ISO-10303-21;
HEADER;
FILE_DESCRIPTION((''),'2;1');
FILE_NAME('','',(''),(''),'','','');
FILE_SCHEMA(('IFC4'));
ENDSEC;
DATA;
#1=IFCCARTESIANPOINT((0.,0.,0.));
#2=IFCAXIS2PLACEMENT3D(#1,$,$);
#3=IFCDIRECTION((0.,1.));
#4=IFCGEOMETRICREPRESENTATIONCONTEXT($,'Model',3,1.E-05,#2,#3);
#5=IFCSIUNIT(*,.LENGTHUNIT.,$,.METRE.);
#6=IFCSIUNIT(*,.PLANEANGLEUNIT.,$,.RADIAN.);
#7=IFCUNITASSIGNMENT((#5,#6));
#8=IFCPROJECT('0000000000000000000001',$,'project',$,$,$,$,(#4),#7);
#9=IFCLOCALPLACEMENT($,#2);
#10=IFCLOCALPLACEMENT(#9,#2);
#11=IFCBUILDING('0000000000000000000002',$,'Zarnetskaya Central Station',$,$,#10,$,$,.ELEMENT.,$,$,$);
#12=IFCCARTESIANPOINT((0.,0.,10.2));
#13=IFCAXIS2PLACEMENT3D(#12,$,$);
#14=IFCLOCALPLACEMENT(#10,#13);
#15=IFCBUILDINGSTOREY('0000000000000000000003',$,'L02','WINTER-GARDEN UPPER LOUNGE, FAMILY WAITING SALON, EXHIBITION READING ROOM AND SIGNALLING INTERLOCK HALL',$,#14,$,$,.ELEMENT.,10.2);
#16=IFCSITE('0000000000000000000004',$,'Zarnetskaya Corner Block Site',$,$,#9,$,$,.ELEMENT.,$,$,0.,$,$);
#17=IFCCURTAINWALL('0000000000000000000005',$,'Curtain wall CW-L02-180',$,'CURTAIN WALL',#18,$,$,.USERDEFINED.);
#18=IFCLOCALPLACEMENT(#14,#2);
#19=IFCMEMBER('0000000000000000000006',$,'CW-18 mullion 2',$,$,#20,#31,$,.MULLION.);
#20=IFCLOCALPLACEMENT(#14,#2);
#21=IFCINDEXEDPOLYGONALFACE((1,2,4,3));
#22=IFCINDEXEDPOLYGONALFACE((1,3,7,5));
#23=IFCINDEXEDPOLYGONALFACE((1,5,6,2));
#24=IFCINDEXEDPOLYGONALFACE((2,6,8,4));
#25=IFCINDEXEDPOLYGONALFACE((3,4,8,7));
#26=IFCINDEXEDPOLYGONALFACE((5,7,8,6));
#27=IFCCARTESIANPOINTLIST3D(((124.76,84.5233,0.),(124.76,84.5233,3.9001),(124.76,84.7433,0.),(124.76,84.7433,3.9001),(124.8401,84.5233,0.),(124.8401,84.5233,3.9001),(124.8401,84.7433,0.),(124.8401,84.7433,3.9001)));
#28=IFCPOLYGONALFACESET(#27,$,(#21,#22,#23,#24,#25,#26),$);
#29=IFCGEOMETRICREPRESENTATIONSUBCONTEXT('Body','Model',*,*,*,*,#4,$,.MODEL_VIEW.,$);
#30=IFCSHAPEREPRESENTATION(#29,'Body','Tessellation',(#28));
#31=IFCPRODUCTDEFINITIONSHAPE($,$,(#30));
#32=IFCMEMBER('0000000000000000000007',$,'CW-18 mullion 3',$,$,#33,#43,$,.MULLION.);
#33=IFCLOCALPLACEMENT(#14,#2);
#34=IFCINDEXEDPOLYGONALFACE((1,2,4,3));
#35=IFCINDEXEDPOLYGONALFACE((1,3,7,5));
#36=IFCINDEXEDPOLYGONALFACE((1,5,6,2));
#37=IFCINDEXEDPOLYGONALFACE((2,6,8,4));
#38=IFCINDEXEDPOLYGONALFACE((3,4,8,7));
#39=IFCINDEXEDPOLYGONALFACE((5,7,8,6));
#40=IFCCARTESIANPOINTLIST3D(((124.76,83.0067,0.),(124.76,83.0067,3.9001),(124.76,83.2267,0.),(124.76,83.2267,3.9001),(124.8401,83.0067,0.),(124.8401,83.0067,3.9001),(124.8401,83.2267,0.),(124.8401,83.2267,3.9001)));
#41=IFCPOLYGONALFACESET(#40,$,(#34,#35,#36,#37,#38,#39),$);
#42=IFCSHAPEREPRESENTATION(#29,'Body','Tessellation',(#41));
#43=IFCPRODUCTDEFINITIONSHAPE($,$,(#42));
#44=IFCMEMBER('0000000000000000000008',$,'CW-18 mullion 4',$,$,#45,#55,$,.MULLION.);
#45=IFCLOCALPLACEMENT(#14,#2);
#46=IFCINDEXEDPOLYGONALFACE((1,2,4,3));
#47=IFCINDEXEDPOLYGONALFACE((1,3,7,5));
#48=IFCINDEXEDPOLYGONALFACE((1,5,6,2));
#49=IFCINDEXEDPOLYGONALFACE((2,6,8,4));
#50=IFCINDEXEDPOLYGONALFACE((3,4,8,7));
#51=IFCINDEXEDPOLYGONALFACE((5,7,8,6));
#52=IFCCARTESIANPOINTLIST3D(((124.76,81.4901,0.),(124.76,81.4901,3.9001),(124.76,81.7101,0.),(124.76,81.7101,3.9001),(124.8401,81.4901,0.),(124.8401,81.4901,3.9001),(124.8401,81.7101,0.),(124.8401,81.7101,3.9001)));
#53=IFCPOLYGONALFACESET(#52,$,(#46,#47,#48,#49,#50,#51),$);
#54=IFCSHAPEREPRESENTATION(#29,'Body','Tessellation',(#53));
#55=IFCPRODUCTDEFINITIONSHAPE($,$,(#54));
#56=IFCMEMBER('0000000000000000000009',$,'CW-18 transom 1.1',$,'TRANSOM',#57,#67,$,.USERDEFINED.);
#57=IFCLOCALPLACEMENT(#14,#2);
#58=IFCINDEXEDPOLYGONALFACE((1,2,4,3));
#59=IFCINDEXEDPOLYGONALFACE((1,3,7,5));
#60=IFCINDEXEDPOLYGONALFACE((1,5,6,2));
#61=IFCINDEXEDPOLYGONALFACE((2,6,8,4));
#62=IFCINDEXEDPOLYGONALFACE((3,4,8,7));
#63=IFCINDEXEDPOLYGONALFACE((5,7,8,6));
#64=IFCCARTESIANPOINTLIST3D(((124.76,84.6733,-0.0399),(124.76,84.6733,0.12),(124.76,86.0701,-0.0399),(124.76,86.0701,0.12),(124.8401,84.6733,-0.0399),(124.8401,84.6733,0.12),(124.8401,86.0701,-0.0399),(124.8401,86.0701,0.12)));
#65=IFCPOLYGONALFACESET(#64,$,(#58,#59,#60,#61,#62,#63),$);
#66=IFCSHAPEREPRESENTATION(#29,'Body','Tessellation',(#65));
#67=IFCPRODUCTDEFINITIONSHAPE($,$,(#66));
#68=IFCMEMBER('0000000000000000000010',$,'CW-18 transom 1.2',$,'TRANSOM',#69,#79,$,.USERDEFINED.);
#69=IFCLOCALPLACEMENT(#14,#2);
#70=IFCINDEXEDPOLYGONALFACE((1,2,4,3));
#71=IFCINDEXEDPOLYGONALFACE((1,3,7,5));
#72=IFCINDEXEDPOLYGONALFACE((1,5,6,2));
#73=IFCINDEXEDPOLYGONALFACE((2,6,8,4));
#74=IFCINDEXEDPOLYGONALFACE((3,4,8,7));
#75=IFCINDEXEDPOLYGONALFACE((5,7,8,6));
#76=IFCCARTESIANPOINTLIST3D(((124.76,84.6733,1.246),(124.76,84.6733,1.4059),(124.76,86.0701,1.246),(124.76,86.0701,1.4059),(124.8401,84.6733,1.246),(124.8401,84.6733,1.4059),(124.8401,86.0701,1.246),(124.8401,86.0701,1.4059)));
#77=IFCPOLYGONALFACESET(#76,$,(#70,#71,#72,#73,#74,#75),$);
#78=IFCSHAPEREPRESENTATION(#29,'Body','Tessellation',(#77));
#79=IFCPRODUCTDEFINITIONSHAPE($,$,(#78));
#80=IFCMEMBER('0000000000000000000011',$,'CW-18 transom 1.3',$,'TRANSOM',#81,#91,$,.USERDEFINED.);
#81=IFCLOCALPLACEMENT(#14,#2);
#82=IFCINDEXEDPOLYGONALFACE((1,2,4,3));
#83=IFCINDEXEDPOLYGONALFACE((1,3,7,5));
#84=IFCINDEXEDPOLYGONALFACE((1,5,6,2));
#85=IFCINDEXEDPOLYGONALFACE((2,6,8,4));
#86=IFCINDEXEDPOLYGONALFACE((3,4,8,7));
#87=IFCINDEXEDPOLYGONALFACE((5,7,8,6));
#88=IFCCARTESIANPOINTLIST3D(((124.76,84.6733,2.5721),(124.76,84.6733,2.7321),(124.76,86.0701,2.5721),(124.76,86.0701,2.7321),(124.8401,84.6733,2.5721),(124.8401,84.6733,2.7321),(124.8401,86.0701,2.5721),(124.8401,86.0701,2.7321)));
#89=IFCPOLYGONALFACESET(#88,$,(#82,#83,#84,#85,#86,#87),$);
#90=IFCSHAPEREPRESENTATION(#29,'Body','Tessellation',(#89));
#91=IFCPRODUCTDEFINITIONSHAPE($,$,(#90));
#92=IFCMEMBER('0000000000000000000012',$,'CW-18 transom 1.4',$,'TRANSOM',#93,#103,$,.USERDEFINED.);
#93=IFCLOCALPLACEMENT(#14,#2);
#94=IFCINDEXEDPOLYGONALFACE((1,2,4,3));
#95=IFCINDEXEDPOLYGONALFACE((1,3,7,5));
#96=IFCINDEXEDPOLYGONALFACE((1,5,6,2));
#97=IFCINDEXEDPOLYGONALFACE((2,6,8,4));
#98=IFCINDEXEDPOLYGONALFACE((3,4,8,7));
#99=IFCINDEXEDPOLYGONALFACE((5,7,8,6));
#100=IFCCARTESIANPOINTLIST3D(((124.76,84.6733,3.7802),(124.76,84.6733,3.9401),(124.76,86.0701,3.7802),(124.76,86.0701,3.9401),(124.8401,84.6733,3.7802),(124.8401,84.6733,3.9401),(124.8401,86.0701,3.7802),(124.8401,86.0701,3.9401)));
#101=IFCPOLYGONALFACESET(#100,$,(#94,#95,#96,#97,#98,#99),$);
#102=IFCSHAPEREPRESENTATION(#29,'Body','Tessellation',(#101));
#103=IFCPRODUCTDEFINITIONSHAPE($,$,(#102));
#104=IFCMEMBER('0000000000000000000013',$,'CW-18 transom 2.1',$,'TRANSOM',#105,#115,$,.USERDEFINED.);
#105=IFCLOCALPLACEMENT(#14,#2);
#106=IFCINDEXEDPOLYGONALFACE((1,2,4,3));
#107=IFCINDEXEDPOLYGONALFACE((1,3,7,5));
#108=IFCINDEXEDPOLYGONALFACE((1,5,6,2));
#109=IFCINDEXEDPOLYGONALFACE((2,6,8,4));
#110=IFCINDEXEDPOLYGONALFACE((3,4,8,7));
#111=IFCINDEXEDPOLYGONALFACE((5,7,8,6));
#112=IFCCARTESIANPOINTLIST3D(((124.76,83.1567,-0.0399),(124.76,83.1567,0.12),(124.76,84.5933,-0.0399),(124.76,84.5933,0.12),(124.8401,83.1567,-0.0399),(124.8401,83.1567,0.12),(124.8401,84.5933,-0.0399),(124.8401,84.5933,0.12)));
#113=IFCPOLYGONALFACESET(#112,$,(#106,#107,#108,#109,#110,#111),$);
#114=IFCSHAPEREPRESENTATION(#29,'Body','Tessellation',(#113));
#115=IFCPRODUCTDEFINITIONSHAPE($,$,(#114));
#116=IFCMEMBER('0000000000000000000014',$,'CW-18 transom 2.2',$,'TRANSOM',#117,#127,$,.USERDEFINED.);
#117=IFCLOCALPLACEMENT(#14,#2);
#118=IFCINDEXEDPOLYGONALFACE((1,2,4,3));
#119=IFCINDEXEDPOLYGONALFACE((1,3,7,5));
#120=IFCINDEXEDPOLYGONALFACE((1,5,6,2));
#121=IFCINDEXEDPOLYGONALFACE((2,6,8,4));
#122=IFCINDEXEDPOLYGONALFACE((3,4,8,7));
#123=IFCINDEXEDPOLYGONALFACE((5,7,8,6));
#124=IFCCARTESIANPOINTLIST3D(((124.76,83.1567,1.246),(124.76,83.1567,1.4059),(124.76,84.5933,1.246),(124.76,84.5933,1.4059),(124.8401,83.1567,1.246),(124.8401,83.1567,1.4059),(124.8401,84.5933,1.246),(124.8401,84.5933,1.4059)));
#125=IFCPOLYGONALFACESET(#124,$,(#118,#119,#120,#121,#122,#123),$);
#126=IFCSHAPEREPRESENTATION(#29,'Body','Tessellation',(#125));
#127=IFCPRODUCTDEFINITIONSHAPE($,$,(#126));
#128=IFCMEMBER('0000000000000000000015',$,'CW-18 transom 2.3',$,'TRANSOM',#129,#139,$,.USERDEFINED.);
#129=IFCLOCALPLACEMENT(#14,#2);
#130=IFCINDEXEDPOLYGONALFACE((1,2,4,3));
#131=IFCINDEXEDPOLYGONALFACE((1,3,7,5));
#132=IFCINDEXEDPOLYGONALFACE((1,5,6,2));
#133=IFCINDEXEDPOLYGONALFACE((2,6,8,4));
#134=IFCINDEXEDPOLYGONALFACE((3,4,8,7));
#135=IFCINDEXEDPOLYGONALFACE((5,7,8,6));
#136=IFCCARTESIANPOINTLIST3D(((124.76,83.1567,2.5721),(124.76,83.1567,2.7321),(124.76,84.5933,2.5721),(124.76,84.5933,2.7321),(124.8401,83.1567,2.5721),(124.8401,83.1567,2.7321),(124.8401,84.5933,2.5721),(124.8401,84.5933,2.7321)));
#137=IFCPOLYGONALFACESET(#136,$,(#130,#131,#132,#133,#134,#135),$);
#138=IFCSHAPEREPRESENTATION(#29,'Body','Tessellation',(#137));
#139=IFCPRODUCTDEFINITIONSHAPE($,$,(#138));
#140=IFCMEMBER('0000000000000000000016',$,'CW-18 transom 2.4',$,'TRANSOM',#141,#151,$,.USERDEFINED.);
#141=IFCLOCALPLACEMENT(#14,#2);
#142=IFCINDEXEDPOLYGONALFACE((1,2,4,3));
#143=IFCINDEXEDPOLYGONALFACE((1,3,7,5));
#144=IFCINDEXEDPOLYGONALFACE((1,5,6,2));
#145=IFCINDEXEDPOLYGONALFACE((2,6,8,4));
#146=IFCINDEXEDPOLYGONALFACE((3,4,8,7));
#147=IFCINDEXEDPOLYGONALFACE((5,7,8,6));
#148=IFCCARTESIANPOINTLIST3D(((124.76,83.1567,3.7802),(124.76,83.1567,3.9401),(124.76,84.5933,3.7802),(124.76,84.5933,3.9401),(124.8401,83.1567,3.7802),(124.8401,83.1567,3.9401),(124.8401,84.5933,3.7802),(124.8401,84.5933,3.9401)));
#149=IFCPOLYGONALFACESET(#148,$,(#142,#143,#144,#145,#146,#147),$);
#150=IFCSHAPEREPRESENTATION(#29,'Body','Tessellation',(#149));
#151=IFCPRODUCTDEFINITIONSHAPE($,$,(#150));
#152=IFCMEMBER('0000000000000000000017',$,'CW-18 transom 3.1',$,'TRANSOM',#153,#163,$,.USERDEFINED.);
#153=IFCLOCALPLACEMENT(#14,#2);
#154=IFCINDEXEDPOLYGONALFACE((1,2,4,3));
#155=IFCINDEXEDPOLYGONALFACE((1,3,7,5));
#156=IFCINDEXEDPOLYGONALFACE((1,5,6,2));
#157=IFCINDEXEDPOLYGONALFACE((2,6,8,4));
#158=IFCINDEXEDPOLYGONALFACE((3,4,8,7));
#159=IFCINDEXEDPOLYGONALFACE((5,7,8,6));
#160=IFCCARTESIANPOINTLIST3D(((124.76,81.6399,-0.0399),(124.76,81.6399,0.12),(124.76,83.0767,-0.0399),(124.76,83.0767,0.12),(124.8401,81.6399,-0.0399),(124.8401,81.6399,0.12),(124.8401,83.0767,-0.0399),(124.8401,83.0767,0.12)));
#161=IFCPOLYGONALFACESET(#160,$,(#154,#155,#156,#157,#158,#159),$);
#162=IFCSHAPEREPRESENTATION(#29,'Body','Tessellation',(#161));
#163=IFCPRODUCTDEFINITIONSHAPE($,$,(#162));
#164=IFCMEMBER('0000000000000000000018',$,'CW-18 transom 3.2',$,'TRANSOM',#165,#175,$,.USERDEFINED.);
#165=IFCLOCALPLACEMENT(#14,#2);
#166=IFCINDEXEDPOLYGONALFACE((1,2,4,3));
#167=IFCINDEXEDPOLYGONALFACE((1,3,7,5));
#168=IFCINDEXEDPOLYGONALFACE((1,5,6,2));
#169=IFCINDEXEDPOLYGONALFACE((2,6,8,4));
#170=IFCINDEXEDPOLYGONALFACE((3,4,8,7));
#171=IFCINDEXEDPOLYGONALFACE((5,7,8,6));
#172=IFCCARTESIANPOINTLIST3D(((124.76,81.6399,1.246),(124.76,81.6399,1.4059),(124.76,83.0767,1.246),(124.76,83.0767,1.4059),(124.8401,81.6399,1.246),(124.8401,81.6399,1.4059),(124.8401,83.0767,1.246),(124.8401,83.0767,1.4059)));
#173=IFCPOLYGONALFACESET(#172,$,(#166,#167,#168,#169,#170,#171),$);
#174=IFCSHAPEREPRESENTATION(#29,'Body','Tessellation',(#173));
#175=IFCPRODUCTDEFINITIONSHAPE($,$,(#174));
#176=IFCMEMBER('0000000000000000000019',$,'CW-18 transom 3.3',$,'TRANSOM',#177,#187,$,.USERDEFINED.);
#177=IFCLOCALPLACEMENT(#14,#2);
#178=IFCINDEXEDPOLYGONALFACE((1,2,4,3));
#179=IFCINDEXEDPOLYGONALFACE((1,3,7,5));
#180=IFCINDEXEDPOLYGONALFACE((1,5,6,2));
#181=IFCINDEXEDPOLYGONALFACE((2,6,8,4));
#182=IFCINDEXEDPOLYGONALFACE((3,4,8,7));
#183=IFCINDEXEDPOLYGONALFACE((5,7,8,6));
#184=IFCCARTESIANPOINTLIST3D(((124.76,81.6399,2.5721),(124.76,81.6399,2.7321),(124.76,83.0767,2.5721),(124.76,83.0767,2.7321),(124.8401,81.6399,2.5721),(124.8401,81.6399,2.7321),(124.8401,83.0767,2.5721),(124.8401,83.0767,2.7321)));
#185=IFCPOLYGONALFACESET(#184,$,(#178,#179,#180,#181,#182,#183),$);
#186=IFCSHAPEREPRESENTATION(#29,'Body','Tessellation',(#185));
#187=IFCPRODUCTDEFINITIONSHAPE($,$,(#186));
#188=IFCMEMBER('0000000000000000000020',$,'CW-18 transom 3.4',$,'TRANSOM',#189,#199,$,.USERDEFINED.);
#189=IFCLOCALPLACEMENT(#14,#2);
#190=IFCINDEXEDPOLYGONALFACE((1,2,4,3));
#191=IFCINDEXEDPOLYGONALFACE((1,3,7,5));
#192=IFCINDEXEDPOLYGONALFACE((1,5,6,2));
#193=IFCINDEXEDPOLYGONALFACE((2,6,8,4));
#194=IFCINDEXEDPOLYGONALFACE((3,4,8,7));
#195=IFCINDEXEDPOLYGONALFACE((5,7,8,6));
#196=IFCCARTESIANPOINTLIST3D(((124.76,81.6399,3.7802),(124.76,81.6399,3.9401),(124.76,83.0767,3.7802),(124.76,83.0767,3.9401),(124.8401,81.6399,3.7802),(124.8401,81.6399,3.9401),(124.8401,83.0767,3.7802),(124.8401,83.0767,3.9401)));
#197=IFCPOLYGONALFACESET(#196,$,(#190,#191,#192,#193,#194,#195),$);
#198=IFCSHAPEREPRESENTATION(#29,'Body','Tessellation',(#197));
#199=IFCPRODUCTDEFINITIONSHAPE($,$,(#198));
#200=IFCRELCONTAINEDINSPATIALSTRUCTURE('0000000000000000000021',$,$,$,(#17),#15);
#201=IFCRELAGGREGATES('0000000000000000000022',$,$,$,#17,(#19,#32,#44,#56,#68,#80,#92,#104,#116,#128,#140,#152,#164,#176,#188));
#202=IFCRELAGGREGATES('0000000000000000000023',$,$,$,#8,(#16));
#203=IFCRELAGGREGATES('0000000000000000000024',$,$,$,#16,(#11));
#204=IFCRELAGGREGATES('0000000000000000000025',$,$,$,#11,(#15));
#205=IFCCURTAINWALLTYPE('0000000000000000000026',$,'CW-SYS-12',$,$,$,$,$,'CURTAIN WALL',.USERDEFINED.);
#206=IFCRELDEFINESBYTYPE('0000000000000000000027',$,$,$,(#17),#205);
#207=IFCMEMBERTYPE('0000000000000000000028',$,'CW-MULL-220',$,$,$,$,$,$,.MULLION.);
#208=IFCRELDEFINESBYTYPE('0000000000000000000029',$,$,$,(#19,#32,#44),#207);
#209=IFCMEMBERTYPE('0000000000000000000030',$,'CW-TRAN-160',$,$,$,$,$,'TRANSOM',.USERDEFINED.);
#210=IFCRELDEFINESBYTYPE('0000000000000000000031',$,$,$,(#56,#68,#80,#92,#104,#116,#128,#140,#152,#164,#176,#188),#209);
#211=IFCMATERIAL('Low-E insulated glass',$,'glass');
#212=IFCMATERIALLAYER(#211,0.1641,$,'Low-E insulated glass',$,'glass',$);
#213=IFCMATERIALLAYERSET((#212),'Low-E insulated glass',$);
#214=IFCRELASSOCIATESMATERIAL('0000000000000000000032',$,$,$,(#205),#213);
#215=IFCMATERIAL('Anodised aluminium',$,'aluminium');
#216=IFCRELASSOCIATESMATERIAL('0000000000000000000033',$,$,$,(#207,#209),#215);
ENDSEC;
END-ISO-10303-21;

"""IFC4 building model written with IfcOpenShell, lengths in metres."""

from ifc_helpers import new_model, si_unit, direction, frame, origin, origin_2d, place, context, subcontext, project, spatial, rectangle, extrude, material, layer, layer_set, material_profile, profile_set, type_object, element, aggregate, save


model = new_model("IFC4")

# Units and contexts
model_context = context("Model", 3, precision=1e-05, world=origin(), true_north=direction((0.0, 1.0)))
body_context = subcontext(model_context, "Body", "Model", "MODEL_VIEW")
ifc_project = project(units=[si_unit("LENGTHUNIT", "METRE"), si_unit("PLANEANGLEUNIT", "RADIAN")], contexts=[model_context])

# Site, building, storey
site_placement = place(None, origin())
site = spatial("IfcSite", under=ifc_project, at=site_placement, Name="Zarnetskaya Corner Block Site", CompositionType="ELEMENT", RefElevation=0.0)
building_placement = place(site_placement, origin())
building = spatial("IfcBuilding", under=site, at=building_placement, Name="Zarnetskaya Central Station", CompositionType="ELEMENT")
storey_placement = place(building_placement, frame((0.0, 0.0, 10.2)))
storey = spatial("IfcBuildingStorey", under=building, at=storey_placement, Name="L02", Description="WINTER-GARDEN UPPER LOUNGE, FAMILY WAITING SALON, EXHIBITION READING ROOM AND SIGNALLING INTERLOCK HALL", CompositionType="ELEMENT", Elevation=10.2)

# Curtain wall, members
ifc_material_1 = material(Name="Low-E insulated glass", Category="glass")
ifc_layer_1 = layer(ifc_material_1, 0.1641, Name="Low-E insulated glass", Category="glass")
ifc_layer_set_1 = layer_set([ifc_layer_1], Name="Low-E insulated glass")
curtain_wall_type = type_object("IfcCurtainWallType", Name="CW-SYS-12", ElementType="CURTAIN WALL", PredefinedType="USERDEFINED", material=ifc_layer_set_1)
curtain_wall_placement = place(storey_placement, origin())
curtain_wall = element("IfcCurtainWall", 1, at=curtain_wall_placement, inside=storey, type_object=curtain_wall_type, Name="Curtain wall CW-L02-180", ObjectType="CURTAIN WALL", PredefinedType="USERDEFINED")
ifc_material_2 = material(Name="Anodised aluminium", Category="aluminium")
ifc_material_profile_1 = material_profile(ifc_material_2, rectangle(XDim=0.0801, YDim=0.22, at=origin_2d()), Name="ALU MULL 80x220")
ifc_profile_set_1 = profile_set([ifc_material_profile_1], Name="Anodised aluminium")
member_type_1 = type_object("IfcMemberType", Name="CW-MULL-220", PredefinedType="MULLION", material=ifc_profile_set_1)
member_1_placement = place(storey_placement, frame((124.8, 84.6333, 0.0), z_axis=(0.0, 0.0, 1.0), x_axis=(1.0, 0.0, 0.0)))
member_1 = element("IfcMember", 2, at=member_1_placement, type_object=member_type_1, Name="CW-18 mullion 2", PredefinedType="MULLION", context=body_context, shape_type="SweptSolid", body=[
    extrude(rectangle(XDim=0.0801, YDim=0.22, at=origin_2d()), origin(), (0.0, 0.0, 1.0), 3.9001),
])
member_2_placement = place(storey_placement, frame((124.8, 83.1167, 0.0), z_axis=(0.0, 0.0, 1.0), x_axis=(1.0, 0.0, 0.0)))
member_2 = element("IfcMember", 3, at=member_2_placement, type_object=member_type_1, Name="CW-18 mullion 3", PredefinedType="MULLION", context=body_context, shape_type="SweptSolid", body=[
    extrude(rectangle(XDim=0.0801, YDim=0.22, at=origin_2d()), origin(), (0.0, 0.0, 1.0), 3.9001),
])
member_3_placement = place(storey_placement, frame((124.8, 81.6001, 0.0), z_axis=(0.0, 0.0, 1.0), x_axis=(1.0, 0.0, 0.0)))
member_3 = element("IfcMember", 4, at=member_3_placement, type_object=member_type_1, Name="CW-18 mullion 4", PredefinedType="MULLION", context=body_context, shape_type="SweptSolid", body=[
    extrude(rectangle(XDim=0.0801, YDim=0.22, at=origin_2d()), origin(), (0.0, 0.0, 1.0), 3.9001),
])
ifc_material_profile_2 = material_profile(ifc_material_2, rectangle(XDim=0.0801, YDim=0.1599, at=origin_2d()), Name="ALU TRAN 80x160")
ifc_profile_set_2 = profile_set([ifc_material_profile_2], Name="Anodised aluminium")
member_type_2 = type_object("IfcMemberType", Name="CW-TRAN-160", ElementType="TRANSOM", PredefinedType="USERDEFINED", material=ifc_profile_set_2)
member_4_placement = place(storey_placement, frame((124.8, 86.0701, 0.04), z_axis=(0.0, -1.0, 0.0), x_axis=(1.0, 0.0, 0.0)))
member_4 = element("IfcMember", 5, at=member_4_placement, type_object=member_type_2, Name="CW-18 transom 1.1", ObjectType="TRANSOM", PredefinedType="USERDEFINED", context=body_context, shape_type="SweptSolid", body=[
    extrude(rectangle(XDim=0.0801, YDim=0.1599, at=origin_2d()), origin(), (0.0, 0.0, 1.0), 1.3967),
])
member_5_placement = place(storey_placement, frame((124.8, 86.0701, 1.3259), z_axis=(0.0, -1.0, 0.0), x_axis=(1.0, 0.0, 0.0)))
member_5 = element("IfcMember", 6, at=member_5_placement, type_object=member_type_2, Name="CW-18 transom 1.2", ObjectType="TRANSOM", PredefinedType="USERDEFINED", context=body_context, shape_type="SweptSolid", body=[
    extrude(rectangle(XDim=0.0801, YDim=0.1599, at=origin_2d()), origin(), (0.0, 0.0, 1.0), 1.3967),
])
member_6_placement = place(storey_placement, frame((124.8, 86.0701, 2.6521), z_axis=(0.0, -1.0, 0.0), x_axis=(1.0, 0.0, 0.0)))
member_6 = element("IfcMember", 7, at=member_6_placement, type_object=member_type_2, Name="CW-18 transom 1.3", ObjectType="TRANSOM", PredefinedType="USERDEFINED", context=body_context, shape_type="SweptSolid", body=[
    extrude(rectangle(XDim=0.0801, YDim=0.1599, at=origin_2d()), origin(), (0.0, 0.0, 1.0), 1.3967),
])
member_7_placement = place(storey_placement, frame((124.8, 86.0701, 3.8601), z_axis=(0.0, -1.0, 0.0), x_axis=(1.0, 0.0, 0.0)))
member_7 = element("IfcMember", 8, at=member_7_placement, type_object=member_type_2, Name="CW-18 transom 1.4", ObjectType="TRANSOM", PredefinedType="USERDEFINED", context=body_context, shape_type="SweptSolid", body=[
    extrude(rectangle(XDim=0.0801, YDim=0.1599, at=origin_2d()), origin(), (0.0, 0.0, 1.0), 1.3967),
])
member_8_placement = place(storey_placement, frame((124.8, 84.5933, 0.04), z_axis=(0.0, -1.0, 0.0), x_axis=(1.0, 0.0, 0.0)))
member_8 = element("IfcMember", 9, at=member_8_placement, type_object=member_type_2, Name="CW-18 transom 2.1", ObjectType="TRANSOM", PredefinedType="USERDEFINED", context=body_context, shape_type="SweptSolid", body=[
    extrude(rectangle(XDim=0.0801, YDim=0.1599, at=origin_2d()), origin(), (0.0, 0.0, 1.0), 1.4365),
])
member_9_placement = place(storey_placement, frame((124.8, 84.5933, 1.3259), z_axis=(0.0, -1.0, 0.0), x_axis=(1.0, 0.0, 0.0)))
member_9 = element("IfcMember", 10, at=member_9_placement, type_object=member_type_2, Name="CW-18 transom 2.2", ObjectType="TRANSOM", PredefinedType="USERDEFINED", context=body_context, shape_type="SweptSolid", body=[
    extrude(rectangle(XDim=0.0801, YDim=0.1599, at=origin_2d()), origin(), (0.0, 0.0, 1.0), 1.4365),
])
member_10_placement = place(storey_placement, frame((124.8, 84.5933, 2.6521), z_axis=(0.0, -1.0, 0.0), x_axis=(1.0, 0.0, 0.0)))
member_10 = element("IfcMember", 11, at=member_10_placement, type_object=member_type_2, Name="CW-18 transom 2.3", ObjectType="TRANSOM", PredefinedType="USERDEFINED", context=body_context, shape_type="SweptSolid", body=[
    extrude(rectangle(XDim=0.0801, YDim=0.1599, at=origin_2d()), origin(), (0.0, 0.0, 1.0), 1.4365),
])
member_11_placement = place(storey_placement, frame((124.8, 84.5933, 3.8601), z_axis=(0.0, -1.0, 0.0), x_axis=(1.0, 0.0, 0.0)))
member_11 = element("IfcMember", 12, at=member_11_placement, type_object=member_type_2, Name="CW-18 transom 2.4", ObjectType="TRANSOM", PredefinedType="USERDEFINED", context=body_context, shape_type="SweptSolid", body=[
    extrude(rectangle(XDim=0.0801, YDim=0.1599, at=origin_2d()), origin(), (0.0, 0.0, 1.0), 1.4365),
])
member_12_placement = place(storey_placement, frame((124.8, 83.0767, 0.04), z_axis=(0.0, -1.0, 0.0), x_axis=(1.0, 0.0, 0.0)))
member_12 = element("IfcMember", 13, at=member_12_placement, type_object=member_type_2, Name="CW-18 transom 3.1", ObjectType="TRANSOM", PredefinedType="USERDEFINED", context=body_context, shape_type="SweptSolid", body=[
    extrude(rectangle(XDim=0.0801, YDim=0.1599, at=origin_2d()), origin(), (0.0, 0.0, 1.0), 1.4368),
])
member_13_placement = place(storey_placement, frame((124.8, 83.0767, 1.3259), z_axis=(0.0, -1.0, 0.0), x_axis=(1.0, 0.0, 0.0)))
member_13 = element("IfcMember", 14, at=member_13_placement, type_object=member_type_2, Name="CW-18 transom 3.2", ObjectType="TRANSOM", PredefinedType="USERDEFINED", context=body_context, shape_type="SweptSolid", body=[
    extrude(rectangle(XDim=0.0801, YDim=0.1599, at=origin_2d()), origin(), (0.0, 0.0, 1.0), 1.4368),
])
member_14_placement = place(storey_placement, frame((124.8, 83.0767, 2.6521), z_axis=(0.0, -1.0, 0.0), x_axis=(1.0, 0.0, 0.0)))
member_14 = element("IfcMember", 15, at=member_14_placement, type_object=member_type_2, Name="CW-18 transom 3.3", ObjectType="TRANSOM", PredefinedType="USERDEFINED", context=body_context, shape_type="SweptSolid", body=[
    extrude(rectangle(XDim=0.0801, YDim=0.1599, at=origin_2d()), origin(), (0.0, 0.0, 1.0), 1.4368),
])
member_15_placement = place(storey_placement, frame((124.8, 83.0767, 3.8601), z_axis=(0.0, -1.0, 0.0), x_axis=(1.0, 0.0, 0.0)))
member_15 = element("IfcMember", 16, at=member_15_placement, type_object=member_type_2, Name="CW-18 transom 3.4", ObjectType="TRANSOM", PredefinedType="USERDEFINED", context=body_context, shape_type="SweptSolid", body=[
    extrude(rectangle(XDim=0.0801, YDim=0.1599, at=origin_2d()), origin(), (0.0, 0.0, 1.0), 1.4368),
])
aggregate(curtain_wall, [member_1, member_2, member_3, member_4, member_5, member_6, member_7, member_8, member_9, member_10, member_11, member_12, member_13, member_14, member_15])

save(model, "model.ifc")
